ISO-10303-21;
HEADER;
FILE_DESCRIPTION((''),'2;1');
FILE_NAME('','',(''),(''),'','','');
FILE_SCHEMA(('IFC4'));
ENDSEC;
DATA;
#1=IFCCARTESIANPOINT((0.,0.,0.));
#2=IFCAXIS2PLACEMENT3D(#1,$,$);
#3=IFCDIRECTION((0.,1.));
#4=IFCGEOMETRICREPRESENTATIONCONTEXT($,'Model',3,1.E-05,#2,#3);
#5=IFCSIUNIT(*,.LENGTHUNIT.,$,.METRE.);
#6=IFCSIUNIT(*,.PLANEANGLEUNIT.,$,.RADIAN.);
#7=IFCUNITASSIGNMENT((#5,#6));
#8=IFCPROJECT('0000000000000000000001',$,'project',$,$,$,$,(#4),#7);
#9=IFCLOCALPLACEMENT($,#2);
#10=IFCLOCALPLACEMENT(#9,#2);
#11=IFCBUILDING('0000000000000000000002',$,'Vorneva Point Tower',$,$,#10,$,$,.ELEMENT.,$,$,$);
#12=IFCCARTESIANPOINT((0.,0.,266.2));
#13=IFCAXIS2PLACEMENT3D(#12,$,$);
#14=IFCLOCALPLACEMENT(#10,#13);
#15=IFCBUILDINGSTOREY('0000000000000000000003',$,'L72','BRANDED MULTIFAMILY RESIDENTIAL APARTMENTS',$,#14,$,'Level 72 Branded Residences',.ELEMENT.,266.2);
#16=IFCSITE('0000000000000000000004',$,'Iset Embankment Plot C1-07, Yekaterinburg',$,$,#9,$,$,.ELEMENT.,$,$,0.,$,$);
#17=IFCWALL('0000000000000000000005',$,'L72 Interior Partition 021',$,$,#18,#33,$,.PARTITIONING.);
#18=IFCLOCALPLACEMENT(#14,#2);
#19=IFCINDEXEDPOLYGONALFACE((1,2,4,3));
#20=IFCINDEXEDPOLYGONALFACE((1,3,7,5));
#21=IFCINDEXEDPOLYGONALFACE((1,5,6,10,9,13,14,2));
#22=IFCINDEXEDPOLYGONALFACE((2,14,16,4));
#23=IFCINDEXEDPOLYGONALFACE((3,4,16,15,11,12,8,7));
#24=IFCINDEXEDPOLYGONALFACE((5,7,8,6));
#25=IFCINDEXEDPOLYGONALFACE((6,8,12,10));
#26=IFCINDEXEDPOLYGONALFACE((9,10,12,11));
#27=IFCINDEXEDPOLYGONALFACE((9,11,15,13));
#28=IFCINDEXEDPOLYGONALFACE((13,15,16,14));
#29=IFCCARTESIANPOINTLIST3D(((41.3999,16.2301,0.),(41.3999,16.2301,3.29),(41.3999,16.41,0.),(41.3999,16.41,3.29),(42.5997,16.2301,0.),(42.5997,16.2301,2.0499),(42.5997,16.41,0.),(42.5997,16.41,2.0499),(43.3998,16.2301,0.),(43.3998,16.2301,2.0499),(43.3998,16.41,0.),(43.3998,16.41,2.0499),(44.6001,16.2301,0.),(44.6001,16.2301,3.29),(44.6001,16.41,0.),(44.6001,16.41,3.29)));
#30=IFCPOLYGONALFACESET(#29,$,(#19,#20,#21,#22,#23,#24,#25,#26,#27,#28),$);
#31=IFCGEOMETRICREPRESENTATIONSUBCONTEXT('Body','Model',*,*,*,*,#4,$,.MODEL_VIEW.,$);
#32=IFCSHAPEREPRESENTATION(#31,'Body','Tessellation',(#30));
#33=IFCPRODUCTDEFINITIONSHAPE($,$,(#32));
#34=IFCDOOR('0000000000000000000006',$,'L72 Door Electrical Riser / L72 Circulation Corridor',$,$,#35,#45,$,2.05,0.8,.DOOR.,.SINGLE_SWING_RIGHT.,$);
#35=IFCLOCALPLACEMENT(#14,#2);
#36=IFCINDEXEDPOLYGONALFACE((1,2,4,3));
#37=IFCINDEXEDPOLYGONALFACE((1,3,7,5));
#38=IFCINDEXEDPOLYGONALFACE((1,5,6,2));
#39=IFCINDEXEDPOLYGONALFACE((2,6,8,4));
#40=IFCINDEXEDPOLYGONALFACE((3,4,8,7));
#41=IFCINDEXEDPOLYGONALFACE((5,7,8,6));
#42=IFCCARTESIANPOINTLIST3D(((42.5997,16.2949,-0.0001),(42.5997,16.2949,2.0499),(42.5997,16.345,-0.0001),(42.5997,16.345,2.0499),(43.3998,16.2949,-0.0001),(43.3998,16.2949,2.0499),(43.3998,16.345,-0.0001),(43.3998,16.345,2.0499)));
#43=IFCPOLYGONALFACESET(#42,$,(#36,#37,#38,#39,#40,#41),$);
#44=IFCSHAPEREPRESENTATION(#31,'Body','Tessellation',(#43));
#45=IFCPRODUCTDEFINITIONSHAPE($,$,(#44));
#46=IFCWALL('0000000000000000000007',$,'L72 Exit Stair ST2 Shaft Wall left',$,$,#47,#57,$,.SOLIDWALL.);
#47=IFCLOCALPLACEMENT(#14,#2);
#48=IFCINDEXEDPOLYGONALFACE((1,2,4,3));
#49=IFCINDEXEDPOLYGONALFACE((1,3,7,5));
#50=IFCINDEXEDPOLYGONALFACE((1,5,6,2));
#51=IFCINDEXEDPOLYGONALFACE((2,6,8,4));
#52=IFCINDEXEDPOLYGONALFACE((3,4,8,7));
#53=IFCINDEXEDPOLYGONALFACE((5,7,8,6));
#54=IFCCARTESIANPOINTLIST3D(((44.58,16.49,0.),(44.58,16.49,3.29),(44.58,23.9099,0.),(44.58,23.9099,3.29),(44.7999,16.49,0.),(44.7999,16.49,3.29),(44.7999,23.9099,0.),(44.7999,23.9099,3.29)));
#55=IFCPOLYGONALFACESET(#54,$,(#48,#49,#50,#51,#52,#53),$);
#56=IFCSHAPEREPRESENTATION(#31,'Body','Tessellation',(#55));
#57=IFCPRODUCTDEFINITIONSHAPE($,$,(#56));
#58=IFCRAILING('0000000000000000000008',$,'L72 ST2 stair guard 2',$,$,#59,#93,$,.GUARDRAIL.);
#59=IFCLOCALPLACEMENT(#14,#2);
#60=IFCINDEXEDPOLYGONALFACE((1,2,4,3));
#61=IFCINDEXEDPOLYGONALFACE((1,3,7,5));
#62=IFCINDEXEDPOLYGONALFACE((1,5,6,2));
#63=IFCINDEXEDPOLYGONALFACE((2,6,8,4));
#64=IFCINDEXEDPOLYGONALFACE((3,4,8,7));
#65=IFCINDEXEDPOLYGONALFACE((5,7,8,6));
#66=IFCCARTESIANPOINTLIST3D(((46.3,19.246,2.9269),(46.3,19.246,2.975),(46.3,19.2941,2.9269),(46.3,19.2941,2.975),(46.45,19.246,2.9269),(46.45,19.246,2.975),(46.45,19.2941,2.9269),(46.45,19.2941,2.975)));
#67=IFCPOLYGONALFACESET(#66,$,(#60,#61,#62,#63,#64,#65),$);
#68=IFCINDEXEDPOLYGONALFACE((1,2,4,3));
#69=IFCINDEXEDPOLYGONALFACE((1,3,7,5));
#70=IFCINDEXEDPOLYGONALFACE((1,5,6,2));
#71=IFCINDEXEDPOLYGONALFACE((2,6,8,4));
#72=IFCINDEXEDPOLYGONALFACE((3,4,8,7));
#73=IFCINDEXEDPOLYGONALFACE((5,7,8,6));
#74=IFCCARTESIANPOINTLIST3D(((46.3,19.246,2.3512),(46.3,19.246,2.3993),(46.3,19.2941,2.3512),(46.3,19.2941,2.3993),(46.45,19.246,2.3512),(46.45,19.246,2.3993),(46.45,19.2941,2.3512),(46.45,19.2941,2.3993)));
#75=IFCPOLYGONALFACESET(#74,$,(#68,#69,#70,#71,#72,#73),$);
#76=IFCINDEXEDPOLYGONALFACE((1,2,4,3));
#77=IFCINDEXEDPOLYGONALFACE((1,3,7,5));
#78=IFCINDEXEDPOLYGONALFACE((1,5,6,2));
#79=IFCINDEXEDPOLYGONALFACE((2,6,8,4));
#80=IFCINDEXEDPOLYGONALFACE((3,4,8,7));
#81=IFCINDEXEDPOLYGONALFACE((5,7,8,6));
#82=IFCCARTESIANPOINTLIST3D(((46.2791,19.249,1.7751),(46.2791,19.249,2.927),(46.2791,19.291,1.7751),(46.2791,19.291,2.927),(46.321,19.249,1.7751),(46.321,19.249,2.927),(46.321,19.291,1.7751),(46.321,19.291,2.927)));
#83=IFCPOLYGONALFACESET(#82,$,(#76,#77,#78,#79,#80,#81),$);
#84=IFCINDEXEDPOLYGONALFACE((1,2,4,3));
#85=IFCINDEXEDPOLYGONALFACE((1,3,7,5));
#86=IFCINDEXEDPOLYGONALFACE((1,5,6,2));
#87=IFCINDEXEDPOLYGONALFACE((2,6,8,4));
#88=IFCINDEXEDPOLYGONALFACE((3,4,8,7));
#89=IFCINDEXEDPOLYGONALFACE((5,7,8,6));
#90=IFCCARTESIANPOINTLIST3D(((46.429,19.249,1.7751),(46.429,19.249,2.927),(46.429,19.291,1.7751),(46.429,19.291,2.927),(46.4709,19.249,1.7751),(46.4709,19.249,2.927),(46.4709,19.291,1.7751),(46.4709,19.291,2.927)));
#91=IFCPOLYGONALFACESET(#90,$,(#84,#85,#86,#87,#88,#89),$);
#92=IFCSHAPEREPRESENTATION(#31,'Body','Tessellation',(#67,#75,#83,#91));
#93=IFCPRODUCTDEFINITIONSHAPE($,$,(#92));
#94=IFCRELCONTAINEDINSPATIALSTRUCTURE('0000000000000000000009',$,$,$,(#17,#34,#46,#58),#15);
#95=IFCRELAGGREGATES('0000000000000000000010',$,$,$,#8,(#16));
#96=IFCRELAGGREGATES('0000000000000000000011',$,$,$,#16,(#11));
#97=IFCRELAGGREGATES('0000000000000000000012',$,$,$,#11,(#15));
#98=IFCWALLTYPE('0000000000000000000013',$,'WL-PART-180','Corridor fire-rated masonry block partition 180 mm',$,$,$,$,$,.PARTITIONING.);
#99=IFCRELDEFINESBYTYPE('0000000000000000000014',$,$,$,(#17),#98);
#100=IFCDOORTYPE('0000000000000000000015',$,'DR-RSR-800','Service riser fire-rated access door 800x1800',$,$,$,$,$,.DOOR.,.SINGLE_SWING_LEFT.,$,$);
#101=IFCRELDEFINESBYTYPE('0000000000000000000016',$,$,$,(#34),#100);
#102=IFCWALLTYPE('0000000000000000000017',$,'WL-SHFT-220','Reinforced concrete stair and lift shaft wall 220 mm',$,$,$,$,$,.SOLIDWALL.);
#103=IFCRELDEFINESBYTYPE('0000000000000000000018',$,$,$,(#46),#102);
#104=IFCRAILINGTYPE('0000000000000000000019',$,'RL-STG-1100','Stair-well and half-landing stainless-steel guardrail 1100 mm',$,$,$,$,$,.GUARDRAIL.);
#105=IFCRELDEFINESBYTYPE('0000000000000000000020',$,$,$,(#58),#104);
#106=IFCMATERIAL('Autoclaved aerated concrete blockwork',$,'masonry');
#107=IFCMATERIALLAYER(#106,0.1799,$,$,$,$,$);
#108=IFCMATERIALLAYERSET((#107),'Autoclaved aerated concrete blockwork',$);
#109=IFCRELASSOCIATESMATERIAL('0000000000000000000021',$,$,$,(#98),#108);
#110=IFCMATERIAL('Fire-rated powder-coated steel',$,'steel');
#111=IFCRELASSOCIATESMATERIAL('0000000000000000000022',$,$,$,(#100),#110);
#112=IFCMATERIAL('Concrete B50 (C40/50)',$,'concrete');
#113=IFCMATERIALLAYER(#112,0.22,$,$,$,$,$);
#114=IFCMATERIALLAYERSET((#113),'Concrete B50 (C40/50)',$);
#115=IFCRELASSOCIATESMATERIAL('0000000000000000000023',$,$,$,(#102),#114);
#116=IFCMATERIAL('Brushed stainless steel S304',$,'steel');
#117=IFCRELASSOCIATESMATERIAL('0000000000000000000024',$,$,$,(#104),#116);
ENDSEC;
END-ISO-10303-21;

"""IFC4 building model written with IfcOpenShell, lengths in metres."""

from ifc_helpers import new_model, si_unit, direction, frame, frame_2d, origin, origin_2d, place, context, subcontext, project, spatial, rectangle, extrude, material, layer, layer_set, type_object, element, fill, save


model = new_model("IFC4")

# Units and contexts
model_context = context("Model", 3, precision=1e-05, world=origin(), true_north=direction((0.0, 1.0)))
body_context = subcontext(model_context, "Body", "Model", "MODEL_VIEW")
ifc_project = project(units=[si_unit("LENGTHUNIT", "METRE"), si_unit("PLANEANGLEUNIT", "RADIAN")], contexts=[model_context])

# Site, building, storey
site_placement = place(None, origin())
site = spatial("IfcSite", under=ifc_project, at=site_placement, Name="Iset Embankment Plot C1-07, Yekaterinburg", CompositionType="ELEMENT", RefElevation=0.0)
building_placement = place(site_placement, origin())
building = spatial("IfcBuilding", under=site, at=building_placement, Name="Vorneva Point Tower", CompositionType="ELEMENT")
storey_placement = place(building_placement, frame((0.0, 0.0, 266.2)))
storey = spatial("IfcBuildingStorey", under=building, at=storey_placement, Name="L72", Description="BRANDED MULTIFAMILY RESIDENTIAL APARTMENTS", LongName="Level 72 Branded Residences", CompositionType="ELEMENT", Elevation=266.2)

# Wall, opening, door
ifc_material_1 = material(Name="Autoclaved aerated concrete blockwork", Category="masonry")
ifc_layer_1 = layer(ifc_material_1, 0.1799)
ifc_layer_set_1 = layer_set([ifc_layer_1], Name="Autoclaved aerated concrete blockwork")
wall_type_1 = type_object("IfcWallType", Name="WL-PART-180", Description="Corridor fire-rated masonry block partition 180 mm", PredefinedType="PARTITIONING", material=ifc_layer_set_1)
ifc_material_2 = material(Name="Fire-rated powder-coated steel", Category="steel")
door_type_1 = type_object("IfcDoorType", Name="DR-RSR-800", Description="Service riser fire-rated access door 800x1800", OperationType="SINGLE_SWING_LEFT", PredefinedType="DOOR", material=ifc_material_2)
wall_1_placement = place(storey_placement, frame((41.3999, 16.3201, 0.0), z_axis=(0.0, 0.0, 1.0), x_axis=(1.0, 0.0, 0.0)))
wall_1 = element("IfcWall", 1, at=wall_1_placement, inside=storey, type_object=wall_type_1, Name="L72 Interior Partition 021", PredefinedType="PARTITIONING", context=body_context, shape_type="SweptSolid", body=[
    extrude(rectangle(XDim=3.2002, YDim=0.1799, at=frame_2d((1.6001, 0.0))), origin(), (0.0, 0.0, 1.0), 3.29),
])
opening_1_placement = place(wall_1_placement, frame((1.2, 0.0, 0.0)))
opening_1 = element("IfcOpeningElement", 2, at=opening_1_placement, cuts=wall_1, PredefinedType="OPENING", context=body_context, shape_type="SweptSolid", body=[
    extrude(rectangle(XDim=0.8, YDim=2.05, at=frame_2d((0.3999, 1.0249))), frame((0.0, 0.105, 0.0), z_axis=(0.0, -1.0, 0.0), x_axis=(1.0, 0.0, 0.0)), (0.0, 0.0, 1.0), 0.2097),
])
door_1_placement = place(opening_1_placement, origin())
door_1 = element("IfcDoor", 3, at=door_1_placement, inside=storey, type_object=door_type_1, Name="L72 Door Electrical Riser / L72 Circulation Corridor", OperationType="SINGLE_SWING_RIGHT", OverallHeight=2.05, OverallWidth=0.8, PredefinedType="DOOR", context=body_context, shape_type="SweptSolid", body=[
    extrude(rectangle(XDim=0.8, YDim=2.05, at=frame_2d((0.3999, 1.0249))), frame((0.0, 0.0249, 0.0), z_axis=(0.0, -1.0, 0.0), x_axis=(1.0, 0.0, 0.0)), (0.0, 0.0, 1.0), 0.05),
])
fill(opening_1, door_1)

# Wall
ifc_material_3 = material(Name="Concrete B50 (C40/50)", Category="concrete")
ifc_layer_2 = layer(ifc_material_3, 0.22)
ifc_layer_set_2 = layer_set([ifc_layer_2], Name="Concrete B50 (C40/50)")
wall_type_2 = type_object("IfcWallType", Name="WL-SHFT-220", Description="Reinforced concrete stair and lift shaft wall 220 mm", PredefinedType="SOLIDWALL", material=ifc_layer_set_2)
wall_2_placement = place(storey_placement, frame((44.6899, 16.49, 0.0), z_axis=(0.0, 0.0, 1.0), x_axis=(0.0, 1.0, 0.0)))
element("IfcWall", 4, at=wall_2_placement, inside=storey, type_object=wall_type_2, Name="L72 Exit Stair ST2 Shaft Wall left", PredefinedType="SOLIDWALL", context=body_context, shape_type="SweptSolid", body=[
    extrude(rectangle(XDim=7.4199, YDim=0.22, at=frame_2d((3.71, 0.0))), origin(), (0.0, 0.0, 1.0), 3.29),
])

# Railing
ifc_material_4 = material(Name="Brushed stainless steel S304", Category="steel")
railing_type = type_object("IfcRailingType", Name="RL-STG-1100", Description="Stair-well and half-landing stainless-steel guardrail 1100 mm", PredefinedType="GUARDRAIL", material=ifc_material_4)
railing_placement = place(storey_placement, frame((46.3, 19.27, 1.7751)))
element("IfcRailing", 5, at=railing_placement, inside=storey, type_object=railing_type, Name="L72 ST2 stair guard 2", PredefinedType="GUARDRAIL", context=body_context, shape_type="SweptSolid", body=[
    extrude(rectangle(XDim=0.0481, YDim=0.0481, at=origin_2d()), frame((0.0, 0.0, 1.1758), z_axis=(1.0, 0.0, 0.0), x_axis=(0.0, 1.0, 0.0)), (0.0, 0.0, 1.0), 0.1499),
    extrude(rectangle(XDim=0.0481, YDim=0.0481, at=origin_2d()), frame((0.0, 0.0, 0.6001), z_axis=(1.0, 0.0, 0.0), x_axis=(0.0, 1.0, 0.0)), (0.0, 0.0, 1.0), 0.1499),
    extrude(rectangle(XDim=0.042, YDim=0.042, at=origin_2d()), origin(), (0.0, 0.0, 1.0), 1.1519),
    extrude(rectangle(XDim=0.042, YDim=0.042, at=origin_2d()), frame((0.1499, 0.0, 0.0)), (0.0, 0.0, 1.0), 1.1519),
])

save(model, "model.ifc")
